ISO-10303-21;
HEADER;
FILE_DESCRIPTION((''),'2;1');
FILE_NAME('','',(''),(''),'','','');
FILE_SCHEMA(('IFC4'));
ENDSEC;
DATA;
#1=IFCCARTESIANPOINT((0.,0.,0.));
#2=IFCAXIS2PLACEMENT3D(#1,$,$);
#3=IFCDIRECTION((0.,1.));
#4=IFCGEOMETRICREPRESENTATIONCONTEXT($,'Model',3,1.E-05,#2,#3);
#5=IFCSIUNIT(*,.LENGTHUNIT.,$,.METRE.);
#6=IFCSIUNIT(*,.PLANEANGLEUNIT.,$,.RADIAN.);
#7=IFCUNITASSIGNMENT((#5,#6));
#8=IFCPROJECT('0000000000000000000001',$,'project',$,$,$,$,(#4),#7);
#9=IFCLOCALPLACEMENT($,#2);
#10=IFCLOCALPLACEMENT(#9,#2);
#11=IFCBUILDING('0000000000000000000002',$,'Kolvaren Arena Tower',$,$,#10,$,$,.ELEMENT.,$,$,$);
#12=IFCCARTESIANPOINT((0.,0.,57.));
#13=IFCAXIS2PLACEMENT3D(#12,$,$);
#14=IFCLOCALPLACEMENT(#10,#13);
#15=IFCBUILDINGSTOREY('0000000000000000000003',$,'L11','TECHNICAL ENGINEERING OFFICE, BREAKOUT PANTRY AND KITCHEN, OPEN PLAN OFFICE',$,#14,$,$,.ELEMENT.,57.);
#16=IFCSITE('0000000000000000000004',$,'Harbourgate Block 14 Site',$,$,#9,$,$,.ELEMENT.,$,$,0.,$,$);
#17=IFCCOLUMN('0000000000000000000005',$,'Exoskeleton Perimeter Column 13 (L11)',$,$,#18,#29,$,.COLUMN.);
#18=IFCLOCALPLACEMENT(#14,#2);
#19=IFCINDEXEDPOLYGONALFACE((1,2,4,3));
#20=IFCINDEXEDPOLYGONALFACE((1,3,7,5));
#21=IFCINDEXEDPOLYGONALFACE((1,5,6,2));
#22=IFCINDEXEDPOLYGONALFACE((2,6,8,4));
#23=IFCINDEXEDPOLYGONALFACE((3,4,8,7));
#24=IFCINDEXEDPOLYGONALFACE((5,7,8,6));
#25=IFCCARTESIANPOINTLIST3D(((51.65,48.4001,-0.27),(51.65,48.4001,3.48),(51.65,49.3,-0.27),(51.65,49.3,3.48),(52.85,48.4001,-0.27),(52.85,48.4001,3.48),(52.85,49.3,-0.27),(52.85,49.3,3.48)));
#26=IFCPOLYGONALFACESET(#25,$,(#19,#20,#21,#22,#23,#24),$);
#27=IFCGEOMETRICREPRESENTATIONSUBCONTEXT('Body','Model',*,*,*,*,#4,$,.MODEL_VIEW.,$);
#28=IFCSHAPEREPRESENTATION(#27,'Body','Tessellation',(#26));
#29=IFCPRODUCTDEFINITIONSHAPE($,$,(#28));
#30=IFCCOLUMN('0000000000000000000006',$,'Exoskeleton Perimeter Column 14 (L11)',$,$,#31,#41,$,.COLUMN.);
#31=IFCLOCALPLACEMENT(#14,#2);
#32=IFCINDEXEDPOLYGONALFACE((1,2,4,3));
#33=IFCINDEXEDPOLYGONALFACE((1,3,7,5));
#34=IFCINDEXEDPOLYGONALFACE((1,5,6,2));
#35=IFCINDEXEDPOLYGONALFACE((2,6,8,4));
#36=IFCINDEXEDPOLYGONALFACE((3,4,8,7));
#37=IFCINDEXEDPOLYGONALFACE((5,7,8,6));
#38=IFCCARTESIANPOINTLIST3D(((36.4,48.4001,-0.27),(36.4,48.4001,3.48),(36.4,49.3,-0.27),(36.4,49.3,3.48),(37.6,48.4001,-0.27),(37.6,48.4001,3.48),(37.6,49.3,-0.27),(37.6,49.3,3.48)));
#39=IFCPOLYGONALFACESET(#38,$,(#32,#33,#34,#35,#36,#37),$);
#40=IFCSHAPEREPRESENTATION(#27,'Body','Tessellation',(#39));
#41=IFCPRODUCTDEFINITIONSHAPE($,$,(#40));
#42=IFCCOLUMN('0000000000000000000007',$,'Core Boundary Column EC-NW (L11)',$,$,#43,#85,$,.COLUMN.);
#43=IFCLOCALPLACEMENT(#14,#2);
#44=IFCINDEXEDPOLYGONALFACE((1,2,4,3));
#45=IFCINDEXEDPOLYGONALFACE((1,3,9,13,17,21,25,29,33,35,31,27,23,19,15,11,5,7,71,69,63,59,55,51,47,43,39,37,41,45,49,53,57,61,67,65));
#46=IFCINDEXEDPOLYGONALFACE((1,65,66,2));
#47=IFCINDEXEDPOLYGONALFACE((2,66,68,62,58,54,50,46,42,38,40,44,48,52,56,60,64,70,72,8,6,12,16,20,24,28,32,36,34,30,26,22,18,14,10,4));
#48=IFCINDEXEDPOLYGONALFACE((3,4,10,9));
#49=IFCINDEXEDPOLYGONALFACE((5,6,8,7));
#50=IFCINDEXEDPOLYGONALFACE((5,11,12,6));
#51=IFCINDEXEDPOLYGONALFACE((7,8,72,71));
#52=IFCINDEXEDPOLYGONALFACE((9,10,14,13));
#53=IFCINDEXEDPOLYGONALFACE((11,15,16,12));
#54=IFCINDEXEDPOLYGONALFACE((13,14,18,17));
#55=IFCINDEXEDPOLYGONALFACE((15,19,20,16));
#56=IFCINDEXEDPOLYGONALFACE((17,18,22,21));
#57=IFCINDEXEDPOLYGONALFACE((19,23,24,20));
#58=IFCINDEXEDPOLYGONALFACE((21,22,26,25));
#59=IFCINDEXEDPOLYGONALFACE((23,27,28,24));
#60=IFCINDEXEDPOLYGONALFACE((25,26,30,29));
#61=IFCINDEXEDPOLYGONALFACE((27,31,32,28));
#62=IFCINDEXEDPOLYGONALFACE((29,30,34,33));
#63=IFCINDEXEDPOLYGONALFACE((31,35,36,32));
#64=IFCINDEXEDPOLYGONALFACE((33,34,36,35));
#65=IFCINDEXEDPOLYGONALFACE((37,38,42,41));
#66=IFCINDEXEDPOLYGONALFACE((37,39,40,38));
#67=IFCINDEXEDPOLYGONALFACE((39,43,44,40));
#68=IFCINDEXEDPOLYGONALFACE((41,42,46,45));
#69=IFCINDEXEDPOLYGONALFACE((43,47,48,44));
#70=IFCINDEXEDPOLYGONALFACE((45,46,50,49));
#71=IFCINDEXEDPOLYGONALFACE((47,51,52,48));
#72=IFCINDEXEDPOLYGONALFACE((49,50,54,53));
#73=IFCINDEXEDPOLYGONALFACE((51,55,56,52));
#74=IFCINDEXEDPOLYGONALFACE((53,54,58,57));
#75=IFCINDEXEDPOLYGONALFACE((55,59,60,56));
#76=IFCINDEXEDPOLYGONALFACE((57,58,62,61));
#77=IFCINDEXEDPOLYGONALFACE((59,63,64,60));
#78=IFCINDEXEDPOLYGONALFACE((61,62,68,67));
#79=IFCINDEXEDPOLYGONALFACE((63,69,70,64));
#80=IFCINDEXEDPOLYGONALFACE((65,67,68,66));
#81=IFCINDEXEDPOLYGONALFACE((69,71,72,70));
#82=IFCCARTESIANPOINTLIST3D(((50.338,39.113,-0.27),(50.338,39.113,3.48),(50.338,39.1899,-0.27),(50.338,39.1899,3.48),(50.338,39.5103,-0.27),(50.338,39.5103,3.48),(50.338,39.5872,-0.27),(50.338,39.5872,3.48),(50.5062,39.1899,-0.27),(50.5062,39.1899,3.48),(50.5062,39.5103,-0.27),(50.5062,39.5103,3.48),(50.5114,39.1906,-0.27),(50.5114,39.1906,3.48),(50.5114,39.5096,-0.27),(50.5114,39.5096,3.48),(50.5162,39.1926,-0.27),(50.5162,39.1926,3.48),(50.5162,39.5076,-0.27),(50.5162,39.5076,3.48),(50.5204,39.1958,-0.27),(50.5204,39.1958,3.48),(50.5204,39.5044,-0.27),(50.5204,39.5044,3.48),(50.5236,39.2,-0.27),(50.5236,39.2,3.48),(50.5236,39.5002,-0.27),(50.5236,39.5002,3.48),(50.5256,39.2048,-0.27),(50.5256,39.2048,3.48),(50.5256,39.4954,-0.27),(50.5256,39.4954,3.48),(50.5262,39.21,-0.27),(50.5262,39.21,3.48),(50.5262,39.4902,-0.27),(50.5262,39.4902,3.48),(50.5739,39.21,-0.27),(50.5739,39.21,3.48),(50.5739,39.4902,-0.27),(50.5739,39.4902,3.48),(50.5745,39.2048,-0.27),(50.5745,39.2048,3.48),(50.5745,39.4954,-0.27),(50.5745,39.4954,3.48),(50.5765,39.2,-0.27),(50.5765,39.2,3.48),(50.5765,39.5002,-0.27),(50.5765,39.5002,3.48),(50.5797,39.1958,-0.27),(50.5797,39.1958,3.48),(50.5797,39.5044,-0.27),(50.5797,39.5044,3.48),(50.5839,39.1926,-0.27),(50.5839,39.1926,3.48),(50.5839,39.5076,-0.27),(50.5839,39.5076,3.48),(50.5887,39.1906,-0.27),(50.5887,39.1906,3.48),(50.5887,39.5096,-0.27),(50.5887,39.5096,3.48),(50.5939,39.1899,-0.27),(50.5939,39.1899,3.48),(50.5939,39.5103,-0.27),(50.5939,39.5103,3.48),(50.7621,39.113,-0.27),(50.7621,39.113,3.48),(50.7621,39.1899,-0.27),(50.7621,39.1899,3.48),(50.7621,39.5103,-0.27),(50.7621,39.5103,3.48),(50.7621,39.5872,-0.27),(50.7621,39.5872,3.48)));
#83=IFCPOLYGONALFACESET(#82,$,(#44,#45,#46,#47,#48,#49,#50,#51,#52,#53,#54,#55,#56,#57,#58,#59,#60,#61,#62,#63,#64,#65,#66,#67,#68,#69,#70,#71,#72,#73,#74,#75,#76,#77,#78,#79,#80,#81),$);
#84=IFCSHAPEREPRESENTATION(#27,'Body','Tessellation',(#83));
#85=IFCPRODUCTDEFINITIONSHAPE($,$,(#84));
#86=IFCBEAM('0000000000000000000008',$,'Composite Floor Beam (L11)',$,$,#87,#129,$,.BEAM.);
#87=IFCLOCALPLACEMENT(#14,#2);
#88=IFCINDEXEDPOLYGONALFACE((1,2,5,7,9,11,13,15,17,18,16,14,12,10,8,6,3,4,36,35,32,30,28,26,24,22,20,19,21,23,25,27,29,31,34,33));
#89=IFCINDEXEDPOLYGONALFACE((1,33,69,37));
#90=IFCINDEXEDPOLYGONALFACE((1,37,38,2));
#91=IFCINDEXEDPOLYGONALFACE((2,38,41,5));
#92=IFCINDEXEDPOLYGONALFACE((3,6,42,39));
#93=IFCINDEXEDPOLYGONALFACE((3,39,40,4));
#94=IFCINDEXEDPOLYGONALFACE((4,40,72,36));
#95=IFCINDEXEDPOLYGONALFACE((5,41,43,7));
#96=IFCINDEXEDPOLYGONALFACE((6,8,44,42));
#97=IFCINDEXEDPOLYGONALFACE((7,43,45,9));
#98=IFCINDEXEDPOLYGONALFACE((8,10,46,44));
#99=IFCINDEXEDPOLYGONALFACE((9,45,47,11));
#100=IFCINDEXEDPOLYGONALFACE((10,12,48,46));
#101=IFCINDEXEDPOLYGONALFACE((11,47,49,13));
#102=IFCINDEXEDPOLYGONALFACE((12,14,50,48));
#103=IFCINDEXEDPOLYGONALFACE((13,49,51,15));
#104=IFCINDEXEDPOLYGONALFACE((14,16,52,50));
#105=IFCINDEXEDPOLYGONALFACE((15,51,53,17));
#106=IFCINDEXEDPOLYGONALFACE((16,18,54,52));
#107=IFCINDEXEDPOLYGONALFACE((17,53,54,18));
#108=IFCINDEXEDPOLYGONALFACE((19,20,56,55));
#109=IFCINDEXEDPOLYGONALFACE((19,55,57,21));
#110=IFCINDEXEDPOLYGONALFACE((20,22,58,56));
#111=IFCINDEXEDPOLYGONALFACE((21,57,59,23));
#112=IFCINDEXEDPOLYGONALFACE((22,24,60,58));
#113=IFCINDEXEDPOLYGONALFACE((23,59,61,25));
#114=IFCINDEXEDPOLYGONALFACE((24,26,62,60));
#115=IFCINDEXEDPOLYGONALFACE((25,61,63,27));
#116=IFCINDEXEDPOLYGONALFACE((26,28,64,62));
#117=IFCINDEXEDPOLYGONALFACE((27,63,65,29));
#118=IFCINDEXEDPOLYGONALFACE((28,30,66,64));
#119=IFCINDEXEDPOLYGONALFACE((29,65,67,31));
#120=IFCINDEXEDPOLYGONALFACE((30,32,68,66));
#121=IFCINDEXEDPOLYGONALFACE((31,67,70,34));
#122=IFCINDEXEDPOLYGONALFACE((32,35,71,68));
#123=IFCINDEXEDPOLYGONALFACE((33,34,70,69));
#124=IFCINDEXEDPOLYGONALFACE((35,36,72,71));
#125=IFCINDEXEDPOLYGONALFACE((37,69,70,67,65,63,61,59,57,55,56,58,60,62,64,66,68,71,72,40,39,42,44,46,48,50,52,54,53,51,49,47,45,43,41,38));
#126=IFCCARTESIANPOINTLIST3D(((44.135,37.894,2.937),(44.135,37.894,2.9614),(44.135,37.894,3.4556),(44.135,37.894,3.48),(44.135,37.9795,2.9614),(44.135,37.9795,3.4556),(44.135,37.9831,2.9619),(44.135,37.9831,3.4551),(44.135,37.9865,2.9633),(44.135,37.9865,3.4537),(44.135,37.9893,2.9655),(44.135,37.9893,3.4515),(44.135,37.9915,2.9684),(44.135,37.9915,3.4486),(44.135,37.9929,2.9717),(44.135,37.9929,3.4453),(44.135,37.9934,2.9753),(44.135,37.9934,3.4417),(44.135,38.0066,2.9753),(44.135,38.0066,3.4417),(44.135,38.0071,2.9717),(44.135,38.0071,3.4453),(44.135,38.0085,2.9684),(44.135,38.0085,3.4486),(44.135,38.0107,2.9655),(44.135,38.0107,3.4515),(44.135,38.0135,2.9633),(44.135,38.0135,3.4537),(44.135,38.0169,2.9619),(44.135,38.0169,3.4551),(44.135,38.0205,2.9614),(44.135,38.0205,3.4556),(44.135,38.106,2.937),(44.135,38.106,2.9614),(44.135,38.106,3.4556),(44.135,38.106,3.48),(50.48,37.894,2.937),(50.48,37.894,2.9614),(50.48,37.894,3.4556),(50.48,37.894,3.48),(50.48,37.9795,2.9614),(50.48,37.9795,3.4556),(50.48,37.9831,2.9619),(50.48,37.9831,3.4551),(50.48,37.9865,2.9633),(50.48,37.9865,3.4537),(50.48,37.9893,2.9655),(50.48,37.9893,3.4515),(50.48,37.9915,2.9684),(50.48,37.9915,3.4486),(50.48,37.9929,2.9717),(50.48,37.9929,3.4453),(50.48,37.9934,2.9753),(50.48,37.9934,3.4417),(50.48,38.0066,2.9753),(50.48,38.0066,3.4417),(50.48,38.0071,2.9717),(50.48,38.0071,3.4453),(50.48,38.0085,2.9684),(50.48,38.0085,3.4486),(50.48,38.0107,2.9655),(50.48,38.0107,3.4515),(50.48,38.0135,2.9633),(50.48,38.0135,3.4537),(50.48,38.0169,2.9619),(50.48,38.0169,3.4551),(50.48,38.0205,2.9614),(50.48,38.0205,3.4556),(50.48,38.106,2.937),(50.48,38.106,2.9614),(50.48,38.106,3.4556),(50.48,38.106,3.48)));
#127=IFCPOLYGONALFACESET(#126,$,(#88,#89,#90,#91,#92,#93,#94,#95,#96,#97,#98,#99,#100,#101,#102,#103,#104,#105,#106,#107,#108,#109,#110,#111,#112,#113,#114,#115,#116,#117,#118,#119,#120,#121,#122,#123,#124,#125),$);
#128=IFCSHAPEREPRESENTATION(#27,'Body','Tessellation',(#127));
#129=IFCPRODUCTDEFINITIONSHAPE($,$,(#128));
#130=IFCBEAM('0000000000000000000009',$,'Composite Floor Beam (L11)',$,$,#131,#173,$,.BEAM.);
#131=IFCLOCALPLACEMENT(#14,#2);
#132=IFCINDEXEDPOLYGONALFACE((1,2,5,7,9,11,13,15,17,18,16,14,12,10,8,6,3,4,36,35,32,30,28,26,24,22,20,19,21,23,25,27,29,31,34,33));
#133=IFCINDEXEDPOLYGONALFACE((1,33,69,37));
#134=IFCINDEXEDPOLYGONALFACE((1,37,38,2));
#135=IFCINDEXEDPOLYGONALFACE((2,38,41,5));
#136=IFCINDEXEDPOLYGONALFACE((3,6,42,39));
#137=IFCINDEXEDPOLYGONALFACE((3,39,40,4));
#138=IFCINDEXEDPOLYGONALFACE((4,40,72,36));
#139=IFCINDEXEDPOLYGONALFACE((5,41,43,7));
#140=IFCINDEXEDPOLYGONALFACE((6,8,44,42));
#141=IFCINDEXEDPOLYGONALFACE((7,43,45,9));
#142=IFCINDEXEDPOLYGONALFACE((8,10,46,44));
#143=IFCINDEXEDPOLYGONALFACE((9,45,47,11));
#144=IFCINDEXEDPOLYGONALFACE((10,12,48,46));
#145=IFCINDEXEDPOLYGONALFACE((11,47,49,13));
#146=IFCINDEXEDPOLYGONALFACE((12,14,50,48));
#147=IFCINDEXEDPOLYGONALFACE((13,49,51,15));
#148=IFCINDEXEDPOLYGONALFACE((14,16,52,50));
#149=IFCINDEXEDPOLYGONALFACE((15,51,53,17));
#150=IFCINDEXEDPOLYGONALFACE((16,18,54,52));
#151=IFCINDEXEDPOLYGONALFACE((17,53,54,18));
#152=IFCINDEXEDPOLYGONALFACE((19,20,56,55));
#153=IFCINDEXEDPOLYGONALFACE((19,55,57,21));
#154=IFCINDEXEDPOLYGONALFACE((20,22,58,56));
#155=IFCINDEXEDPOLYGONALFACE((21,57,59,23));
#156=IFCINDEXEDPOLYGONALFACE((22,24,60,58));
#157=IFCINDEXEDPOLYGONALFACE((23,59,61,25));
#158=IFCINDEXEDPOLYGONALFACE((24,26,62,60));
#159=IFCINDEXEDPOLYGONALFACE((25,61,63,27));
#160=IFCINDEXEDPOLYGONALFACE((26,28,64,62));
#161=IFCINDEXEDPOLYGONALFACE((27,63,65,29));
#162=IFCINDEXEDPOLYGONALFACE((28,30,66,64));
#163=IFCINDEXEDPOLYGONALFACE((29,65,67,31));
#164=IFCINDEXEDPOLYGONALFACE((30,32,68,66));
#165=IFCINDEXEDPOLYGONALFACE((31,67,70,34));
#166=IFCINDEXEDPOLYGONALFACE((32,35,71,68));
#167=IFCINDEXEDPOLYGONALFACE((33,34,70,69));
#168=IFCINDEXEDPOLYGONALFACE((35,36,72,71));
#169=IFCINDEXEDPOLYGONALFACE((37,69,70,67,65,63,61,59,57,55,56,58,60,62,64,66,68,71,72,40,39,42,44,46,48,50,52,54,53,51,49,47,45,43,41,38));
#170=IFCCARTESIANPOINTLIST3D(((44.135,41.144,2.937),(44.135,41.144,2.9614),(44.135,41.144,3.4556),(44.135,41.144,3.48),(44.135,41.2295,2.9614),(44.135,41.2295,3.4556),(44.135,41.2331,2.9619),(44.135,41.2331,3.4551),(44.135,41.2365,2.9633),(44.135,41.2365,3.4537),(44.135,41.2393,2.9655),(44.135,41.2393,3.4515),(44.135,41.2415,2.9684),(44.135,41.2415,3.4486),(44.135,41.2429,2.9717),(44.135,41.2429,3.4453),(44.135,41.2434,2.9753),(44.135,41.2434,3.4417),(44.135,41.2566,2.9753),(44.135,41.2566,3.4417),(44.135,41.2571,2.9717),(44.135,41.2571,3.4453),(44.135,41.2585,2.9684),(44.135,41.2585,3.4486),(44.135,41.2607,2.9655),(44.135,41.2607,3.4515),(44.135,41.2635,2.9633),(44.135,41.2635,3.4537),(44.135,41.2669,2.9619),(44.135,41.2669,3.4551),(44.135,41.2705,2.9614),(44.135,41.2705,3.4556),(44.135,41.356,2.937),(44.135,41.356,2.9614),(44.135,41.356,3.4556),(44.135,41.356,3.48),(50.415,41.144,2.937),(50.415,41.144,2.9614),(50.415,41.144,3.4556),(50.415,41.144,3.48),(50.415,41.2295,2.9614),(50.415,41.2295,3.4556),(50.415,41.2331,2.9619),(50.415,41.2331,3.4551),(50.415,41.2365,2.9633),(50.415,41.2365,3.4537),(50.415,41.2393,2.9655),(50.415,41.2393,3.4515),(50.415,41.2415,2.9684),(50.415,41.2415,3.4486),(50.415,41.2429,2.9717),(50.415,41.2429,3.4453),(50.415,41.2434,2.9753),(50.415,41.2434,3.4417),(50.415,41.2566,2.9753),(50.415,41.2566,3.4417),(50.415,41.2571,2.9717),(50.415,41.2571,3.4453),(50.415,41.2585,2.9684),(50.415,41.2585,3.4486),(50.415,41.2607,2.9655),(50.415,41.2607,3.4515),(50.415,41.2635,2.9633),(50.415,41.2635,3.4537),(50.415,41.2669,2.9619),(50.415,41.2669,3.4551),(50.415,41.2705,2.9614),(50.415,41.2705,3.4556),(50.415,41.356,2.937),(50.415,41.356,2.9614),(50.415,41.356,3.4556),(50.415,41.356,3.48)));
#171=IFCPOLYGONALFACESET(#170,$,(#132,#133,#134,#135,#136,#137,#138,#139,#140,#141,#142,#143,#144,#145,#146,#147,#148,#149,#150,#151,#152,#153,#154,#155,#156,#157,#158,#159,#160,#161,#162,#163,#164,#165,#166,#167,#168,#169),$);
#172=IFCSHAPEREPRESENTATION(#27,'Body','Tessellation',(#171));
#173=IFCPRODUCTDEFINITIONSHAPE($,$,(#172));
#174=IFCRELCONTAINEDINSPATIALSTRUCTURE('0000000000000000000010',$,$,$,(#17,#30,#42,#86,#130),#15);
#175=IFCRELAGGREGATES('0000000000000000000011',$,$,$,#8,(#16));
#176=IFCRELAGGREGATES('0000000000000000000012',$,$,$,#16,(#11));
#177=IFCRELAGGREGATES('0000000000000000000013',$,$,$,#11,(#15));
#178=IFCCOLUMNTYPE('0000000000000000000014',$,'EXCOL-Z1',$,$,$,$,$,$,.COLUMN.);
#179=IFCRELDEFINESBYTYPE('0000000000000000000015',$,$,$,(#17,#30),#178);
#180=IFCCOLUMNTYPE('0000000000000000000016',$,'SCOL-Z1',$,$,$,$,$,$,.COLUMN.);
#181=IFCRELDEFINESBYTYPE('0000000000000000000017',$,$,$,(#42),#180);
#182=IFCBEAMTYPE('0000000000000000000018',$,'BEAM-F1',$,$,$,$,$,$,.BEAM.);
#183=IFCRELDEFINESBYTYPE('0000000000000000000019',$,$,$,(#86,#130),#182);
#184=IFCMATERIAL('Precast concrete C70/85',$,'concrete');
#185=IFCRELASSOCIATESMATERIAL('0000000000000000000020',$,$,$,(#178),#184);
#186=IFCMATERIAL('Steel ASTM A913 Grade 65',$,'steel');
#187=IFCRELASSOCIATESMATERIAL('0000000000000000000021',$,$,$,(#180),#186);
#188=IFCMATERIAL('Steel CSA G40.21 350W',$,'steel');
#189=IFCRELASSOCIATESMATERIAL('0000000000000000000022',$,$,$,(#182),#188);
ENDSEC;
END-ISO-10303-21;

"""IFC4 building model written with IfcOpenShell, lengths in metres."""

from ifc_helpers import new_model, si_unit, direction, frame, origin, origin_2d, place, context, subcontext, project, spatial, rectangle, i_section, extrude, material, material_profile, profile_set, type_object, element, save


model = new_model("IFC4")

# Units and contexts
model_context = context("Model", 3, precision=1e-05, world=origin(), true_north=direction((0.0, 1.0)))
body_context = subcontext(model_context, "Body", "Model", "MODEL_VIEW")
ifc_project = project(units=[si_unit("LENGTHUNIT", "METRE"), si_unit("PLANEANGLEUNIT", "RADIAN")], contexts=[model_context])

# Site, building, storey
site_placement = place(None, origin())
site = spatial("IfcSite", under=ifc_project, at=site_placement, Name="Harbourgate Block 14 Site", CompositionType="ELEMENT", RefElevation=0.0)
building_placement = place(site_placement, origin())
building = spatial("IfcBuilding", under=site, at=building_placement, Name="Kolvaren Arena Tower", CompositionType="ELEMENT")
storey_placement = place(building_placement, frame((0.0, 0.0, 57.0)))
storey = spatial("IfcBuildingStorey", under=building, at=storey_placement, Name="L11", Description="TECHNICAL ENGINEERING OFFICE, BREAKOUT PANTRY AND KITCHEN, OPEN PLAN OFFICE", CompositionType="ELEMENT", Elevation=57.0)

# Columns
ifc_material_1 = material(Name="Precast concrete C70/85", Category="concrete")
ifc_material_profile_1 = material_profile(ifc_material_1, rectangle(XDim=1.2, YDim=0.8999, at=origin_2d()), Name="RC-1200x900")
ifc_profile_set_1 = profile_set([ifc_material_profile_1], Name="Precast concrete C70/85")
column_type_1 = type_object("IfcColumnType", Name="EXCOL-Z1", PredefinedType="COLUMN", material=ifc_profile_set_1)
for number, where, z_axis, x_axis, name in (
    (1, (52.25, 48.8501, -0.27), (0.0, 0.0, 1.0), (1.0, 0.0, 0.0), "Exoskeleton Perimeter Column 13 (L11)"),
    (2, (37.0, 48.8501, -0.27), (0.0, 0.0, 1.0), (1.0, 0.0, 0.0), "Exoskeleton Perimeter Column 14 (L11)"),
):
    element("IfcColumn", number, at=place(storey_placement, frame(where, z_axis=z_axis, x_axis=x_axis)), inside=storey, type_object=column_type_1, Name=name, PredefinedType="COLUMN", context=body_context, shape_type="SweptSolid", body=[
        extrude(rectangle(XDim=1.2, YDim=0.8999, at=origin_2d()), origin(), (0.0, 0.0, 1.0), 3.75),
    ])
ifc_material_2 = material(Name="Steel ASTM A913 Grade 65", Category="steel")
ifc_material_profile_2 = material_profile(ifc_material_2, i_section(OverallWidth=0.4241, OverallDepth=0.4741, WebThickness=0.0476, FlangeThickness=0.0769, FilletRadius=0.02, at=origin_2d()), Name="W360x634")
ifc_profile_set_2 = profile_set([ifc_material_profile_2], Name="Steel ASTM A913 Grade 65")
column_type_2 = type_object("IfcColumnType", Name="SCOL-Z1", PredefinedType="COLUMN", material=ifc_profile_set_2)
column_placement = place(storey_placement, frame((50.55, 39.3501, -0.27), z_axis=(0.0, 0.0, 1.0), x_axis=(1.0, 0.0, 0.0)))
element("IfcColumn", 3, at=column_placement, inside=storey, type_object=column_type_2, Name="Core Boundary Column EC-NW (L11)", PredefinedType="COLUMN", context=body_context, shape_type="SweptSolid", body=[
    extrude(i_section(OverallWidth=0.4241, OverallDepth=0.4741, WebThickness=0.0476, FlangeThickness=0.0769, FilletRadius=0.02, at=origin_2d()), origin(), (0.0, 0.0, 1.0), 3.75),
])

# Beams
ifc_material_3 = material(Name="Steel CSA G40.21 350W", Category="steel")
ifc_material_profile_3 = material_profile(ifc_material_3, i_section(OverallWidth=0.2119, OverallDepth=0.543, WebThickness=0.0132, FlangeThickness=0.0244, FilletRadius=0.0139, at=origin_2d()), Name="W530x150")
ifc_profile_set_3 = profile_set([ifc_material_profile_3], Name="Steel CSA G40.21 350W")
beam_type_1 = type_object("IfcBeamType", Name="BEAM-F1", PredefinedType="BEAM", material=ifc_profile_set_3)
beam_1_placement = place(storey_placement, frame((44.135, 38.0, 3.2085), z_axis=(1.0, 0.0, 0.0), x_axis=(0.0, 1.0, 0.0)))
element("IfcBeam", 4, at=beam_1_placement, inside=storey, type_object=beam_type_1, Name="Composite Floor Beam (L11)", PredefinedType="BEAM", context=body_context, shape_type="SweptSolid", body=[
    extrude(i_section(OverallWidth=0.2119, OverallDepth=0.543, WebThickness=0.0132, FlangeThickness=0.0244, FilletRadius=0.0139, at=origin_2d()), origin(), (0.0, 0.0, 1.0), 6.345),
])
beam_2_placement = place(storey_placement, frame((44.135, 41.25, 3.2085), z_axis=(1.0, 0.0, 0.0), x_axis=(0.0, 1.0, 0.0)))
element("IfcBeam", 5, at=beam_2_placement, inside=storey, type_object=beam_type_1, Name="Composite Floor Beam (L11)", PredefinedType="BEAM", context=body_context, shape_type="SweptSolid", body=[
    extrude(i_section(OverallWidth=0.2119, OverallDepth=0.543, WebThickness=0.0132, FlangeThickness=0.0244, FilletRadius=0.0139, at=origin_2d()), origin(), (0.0, 0.0, 1.0), 6.28),
])

save(model, "model.ifc")
